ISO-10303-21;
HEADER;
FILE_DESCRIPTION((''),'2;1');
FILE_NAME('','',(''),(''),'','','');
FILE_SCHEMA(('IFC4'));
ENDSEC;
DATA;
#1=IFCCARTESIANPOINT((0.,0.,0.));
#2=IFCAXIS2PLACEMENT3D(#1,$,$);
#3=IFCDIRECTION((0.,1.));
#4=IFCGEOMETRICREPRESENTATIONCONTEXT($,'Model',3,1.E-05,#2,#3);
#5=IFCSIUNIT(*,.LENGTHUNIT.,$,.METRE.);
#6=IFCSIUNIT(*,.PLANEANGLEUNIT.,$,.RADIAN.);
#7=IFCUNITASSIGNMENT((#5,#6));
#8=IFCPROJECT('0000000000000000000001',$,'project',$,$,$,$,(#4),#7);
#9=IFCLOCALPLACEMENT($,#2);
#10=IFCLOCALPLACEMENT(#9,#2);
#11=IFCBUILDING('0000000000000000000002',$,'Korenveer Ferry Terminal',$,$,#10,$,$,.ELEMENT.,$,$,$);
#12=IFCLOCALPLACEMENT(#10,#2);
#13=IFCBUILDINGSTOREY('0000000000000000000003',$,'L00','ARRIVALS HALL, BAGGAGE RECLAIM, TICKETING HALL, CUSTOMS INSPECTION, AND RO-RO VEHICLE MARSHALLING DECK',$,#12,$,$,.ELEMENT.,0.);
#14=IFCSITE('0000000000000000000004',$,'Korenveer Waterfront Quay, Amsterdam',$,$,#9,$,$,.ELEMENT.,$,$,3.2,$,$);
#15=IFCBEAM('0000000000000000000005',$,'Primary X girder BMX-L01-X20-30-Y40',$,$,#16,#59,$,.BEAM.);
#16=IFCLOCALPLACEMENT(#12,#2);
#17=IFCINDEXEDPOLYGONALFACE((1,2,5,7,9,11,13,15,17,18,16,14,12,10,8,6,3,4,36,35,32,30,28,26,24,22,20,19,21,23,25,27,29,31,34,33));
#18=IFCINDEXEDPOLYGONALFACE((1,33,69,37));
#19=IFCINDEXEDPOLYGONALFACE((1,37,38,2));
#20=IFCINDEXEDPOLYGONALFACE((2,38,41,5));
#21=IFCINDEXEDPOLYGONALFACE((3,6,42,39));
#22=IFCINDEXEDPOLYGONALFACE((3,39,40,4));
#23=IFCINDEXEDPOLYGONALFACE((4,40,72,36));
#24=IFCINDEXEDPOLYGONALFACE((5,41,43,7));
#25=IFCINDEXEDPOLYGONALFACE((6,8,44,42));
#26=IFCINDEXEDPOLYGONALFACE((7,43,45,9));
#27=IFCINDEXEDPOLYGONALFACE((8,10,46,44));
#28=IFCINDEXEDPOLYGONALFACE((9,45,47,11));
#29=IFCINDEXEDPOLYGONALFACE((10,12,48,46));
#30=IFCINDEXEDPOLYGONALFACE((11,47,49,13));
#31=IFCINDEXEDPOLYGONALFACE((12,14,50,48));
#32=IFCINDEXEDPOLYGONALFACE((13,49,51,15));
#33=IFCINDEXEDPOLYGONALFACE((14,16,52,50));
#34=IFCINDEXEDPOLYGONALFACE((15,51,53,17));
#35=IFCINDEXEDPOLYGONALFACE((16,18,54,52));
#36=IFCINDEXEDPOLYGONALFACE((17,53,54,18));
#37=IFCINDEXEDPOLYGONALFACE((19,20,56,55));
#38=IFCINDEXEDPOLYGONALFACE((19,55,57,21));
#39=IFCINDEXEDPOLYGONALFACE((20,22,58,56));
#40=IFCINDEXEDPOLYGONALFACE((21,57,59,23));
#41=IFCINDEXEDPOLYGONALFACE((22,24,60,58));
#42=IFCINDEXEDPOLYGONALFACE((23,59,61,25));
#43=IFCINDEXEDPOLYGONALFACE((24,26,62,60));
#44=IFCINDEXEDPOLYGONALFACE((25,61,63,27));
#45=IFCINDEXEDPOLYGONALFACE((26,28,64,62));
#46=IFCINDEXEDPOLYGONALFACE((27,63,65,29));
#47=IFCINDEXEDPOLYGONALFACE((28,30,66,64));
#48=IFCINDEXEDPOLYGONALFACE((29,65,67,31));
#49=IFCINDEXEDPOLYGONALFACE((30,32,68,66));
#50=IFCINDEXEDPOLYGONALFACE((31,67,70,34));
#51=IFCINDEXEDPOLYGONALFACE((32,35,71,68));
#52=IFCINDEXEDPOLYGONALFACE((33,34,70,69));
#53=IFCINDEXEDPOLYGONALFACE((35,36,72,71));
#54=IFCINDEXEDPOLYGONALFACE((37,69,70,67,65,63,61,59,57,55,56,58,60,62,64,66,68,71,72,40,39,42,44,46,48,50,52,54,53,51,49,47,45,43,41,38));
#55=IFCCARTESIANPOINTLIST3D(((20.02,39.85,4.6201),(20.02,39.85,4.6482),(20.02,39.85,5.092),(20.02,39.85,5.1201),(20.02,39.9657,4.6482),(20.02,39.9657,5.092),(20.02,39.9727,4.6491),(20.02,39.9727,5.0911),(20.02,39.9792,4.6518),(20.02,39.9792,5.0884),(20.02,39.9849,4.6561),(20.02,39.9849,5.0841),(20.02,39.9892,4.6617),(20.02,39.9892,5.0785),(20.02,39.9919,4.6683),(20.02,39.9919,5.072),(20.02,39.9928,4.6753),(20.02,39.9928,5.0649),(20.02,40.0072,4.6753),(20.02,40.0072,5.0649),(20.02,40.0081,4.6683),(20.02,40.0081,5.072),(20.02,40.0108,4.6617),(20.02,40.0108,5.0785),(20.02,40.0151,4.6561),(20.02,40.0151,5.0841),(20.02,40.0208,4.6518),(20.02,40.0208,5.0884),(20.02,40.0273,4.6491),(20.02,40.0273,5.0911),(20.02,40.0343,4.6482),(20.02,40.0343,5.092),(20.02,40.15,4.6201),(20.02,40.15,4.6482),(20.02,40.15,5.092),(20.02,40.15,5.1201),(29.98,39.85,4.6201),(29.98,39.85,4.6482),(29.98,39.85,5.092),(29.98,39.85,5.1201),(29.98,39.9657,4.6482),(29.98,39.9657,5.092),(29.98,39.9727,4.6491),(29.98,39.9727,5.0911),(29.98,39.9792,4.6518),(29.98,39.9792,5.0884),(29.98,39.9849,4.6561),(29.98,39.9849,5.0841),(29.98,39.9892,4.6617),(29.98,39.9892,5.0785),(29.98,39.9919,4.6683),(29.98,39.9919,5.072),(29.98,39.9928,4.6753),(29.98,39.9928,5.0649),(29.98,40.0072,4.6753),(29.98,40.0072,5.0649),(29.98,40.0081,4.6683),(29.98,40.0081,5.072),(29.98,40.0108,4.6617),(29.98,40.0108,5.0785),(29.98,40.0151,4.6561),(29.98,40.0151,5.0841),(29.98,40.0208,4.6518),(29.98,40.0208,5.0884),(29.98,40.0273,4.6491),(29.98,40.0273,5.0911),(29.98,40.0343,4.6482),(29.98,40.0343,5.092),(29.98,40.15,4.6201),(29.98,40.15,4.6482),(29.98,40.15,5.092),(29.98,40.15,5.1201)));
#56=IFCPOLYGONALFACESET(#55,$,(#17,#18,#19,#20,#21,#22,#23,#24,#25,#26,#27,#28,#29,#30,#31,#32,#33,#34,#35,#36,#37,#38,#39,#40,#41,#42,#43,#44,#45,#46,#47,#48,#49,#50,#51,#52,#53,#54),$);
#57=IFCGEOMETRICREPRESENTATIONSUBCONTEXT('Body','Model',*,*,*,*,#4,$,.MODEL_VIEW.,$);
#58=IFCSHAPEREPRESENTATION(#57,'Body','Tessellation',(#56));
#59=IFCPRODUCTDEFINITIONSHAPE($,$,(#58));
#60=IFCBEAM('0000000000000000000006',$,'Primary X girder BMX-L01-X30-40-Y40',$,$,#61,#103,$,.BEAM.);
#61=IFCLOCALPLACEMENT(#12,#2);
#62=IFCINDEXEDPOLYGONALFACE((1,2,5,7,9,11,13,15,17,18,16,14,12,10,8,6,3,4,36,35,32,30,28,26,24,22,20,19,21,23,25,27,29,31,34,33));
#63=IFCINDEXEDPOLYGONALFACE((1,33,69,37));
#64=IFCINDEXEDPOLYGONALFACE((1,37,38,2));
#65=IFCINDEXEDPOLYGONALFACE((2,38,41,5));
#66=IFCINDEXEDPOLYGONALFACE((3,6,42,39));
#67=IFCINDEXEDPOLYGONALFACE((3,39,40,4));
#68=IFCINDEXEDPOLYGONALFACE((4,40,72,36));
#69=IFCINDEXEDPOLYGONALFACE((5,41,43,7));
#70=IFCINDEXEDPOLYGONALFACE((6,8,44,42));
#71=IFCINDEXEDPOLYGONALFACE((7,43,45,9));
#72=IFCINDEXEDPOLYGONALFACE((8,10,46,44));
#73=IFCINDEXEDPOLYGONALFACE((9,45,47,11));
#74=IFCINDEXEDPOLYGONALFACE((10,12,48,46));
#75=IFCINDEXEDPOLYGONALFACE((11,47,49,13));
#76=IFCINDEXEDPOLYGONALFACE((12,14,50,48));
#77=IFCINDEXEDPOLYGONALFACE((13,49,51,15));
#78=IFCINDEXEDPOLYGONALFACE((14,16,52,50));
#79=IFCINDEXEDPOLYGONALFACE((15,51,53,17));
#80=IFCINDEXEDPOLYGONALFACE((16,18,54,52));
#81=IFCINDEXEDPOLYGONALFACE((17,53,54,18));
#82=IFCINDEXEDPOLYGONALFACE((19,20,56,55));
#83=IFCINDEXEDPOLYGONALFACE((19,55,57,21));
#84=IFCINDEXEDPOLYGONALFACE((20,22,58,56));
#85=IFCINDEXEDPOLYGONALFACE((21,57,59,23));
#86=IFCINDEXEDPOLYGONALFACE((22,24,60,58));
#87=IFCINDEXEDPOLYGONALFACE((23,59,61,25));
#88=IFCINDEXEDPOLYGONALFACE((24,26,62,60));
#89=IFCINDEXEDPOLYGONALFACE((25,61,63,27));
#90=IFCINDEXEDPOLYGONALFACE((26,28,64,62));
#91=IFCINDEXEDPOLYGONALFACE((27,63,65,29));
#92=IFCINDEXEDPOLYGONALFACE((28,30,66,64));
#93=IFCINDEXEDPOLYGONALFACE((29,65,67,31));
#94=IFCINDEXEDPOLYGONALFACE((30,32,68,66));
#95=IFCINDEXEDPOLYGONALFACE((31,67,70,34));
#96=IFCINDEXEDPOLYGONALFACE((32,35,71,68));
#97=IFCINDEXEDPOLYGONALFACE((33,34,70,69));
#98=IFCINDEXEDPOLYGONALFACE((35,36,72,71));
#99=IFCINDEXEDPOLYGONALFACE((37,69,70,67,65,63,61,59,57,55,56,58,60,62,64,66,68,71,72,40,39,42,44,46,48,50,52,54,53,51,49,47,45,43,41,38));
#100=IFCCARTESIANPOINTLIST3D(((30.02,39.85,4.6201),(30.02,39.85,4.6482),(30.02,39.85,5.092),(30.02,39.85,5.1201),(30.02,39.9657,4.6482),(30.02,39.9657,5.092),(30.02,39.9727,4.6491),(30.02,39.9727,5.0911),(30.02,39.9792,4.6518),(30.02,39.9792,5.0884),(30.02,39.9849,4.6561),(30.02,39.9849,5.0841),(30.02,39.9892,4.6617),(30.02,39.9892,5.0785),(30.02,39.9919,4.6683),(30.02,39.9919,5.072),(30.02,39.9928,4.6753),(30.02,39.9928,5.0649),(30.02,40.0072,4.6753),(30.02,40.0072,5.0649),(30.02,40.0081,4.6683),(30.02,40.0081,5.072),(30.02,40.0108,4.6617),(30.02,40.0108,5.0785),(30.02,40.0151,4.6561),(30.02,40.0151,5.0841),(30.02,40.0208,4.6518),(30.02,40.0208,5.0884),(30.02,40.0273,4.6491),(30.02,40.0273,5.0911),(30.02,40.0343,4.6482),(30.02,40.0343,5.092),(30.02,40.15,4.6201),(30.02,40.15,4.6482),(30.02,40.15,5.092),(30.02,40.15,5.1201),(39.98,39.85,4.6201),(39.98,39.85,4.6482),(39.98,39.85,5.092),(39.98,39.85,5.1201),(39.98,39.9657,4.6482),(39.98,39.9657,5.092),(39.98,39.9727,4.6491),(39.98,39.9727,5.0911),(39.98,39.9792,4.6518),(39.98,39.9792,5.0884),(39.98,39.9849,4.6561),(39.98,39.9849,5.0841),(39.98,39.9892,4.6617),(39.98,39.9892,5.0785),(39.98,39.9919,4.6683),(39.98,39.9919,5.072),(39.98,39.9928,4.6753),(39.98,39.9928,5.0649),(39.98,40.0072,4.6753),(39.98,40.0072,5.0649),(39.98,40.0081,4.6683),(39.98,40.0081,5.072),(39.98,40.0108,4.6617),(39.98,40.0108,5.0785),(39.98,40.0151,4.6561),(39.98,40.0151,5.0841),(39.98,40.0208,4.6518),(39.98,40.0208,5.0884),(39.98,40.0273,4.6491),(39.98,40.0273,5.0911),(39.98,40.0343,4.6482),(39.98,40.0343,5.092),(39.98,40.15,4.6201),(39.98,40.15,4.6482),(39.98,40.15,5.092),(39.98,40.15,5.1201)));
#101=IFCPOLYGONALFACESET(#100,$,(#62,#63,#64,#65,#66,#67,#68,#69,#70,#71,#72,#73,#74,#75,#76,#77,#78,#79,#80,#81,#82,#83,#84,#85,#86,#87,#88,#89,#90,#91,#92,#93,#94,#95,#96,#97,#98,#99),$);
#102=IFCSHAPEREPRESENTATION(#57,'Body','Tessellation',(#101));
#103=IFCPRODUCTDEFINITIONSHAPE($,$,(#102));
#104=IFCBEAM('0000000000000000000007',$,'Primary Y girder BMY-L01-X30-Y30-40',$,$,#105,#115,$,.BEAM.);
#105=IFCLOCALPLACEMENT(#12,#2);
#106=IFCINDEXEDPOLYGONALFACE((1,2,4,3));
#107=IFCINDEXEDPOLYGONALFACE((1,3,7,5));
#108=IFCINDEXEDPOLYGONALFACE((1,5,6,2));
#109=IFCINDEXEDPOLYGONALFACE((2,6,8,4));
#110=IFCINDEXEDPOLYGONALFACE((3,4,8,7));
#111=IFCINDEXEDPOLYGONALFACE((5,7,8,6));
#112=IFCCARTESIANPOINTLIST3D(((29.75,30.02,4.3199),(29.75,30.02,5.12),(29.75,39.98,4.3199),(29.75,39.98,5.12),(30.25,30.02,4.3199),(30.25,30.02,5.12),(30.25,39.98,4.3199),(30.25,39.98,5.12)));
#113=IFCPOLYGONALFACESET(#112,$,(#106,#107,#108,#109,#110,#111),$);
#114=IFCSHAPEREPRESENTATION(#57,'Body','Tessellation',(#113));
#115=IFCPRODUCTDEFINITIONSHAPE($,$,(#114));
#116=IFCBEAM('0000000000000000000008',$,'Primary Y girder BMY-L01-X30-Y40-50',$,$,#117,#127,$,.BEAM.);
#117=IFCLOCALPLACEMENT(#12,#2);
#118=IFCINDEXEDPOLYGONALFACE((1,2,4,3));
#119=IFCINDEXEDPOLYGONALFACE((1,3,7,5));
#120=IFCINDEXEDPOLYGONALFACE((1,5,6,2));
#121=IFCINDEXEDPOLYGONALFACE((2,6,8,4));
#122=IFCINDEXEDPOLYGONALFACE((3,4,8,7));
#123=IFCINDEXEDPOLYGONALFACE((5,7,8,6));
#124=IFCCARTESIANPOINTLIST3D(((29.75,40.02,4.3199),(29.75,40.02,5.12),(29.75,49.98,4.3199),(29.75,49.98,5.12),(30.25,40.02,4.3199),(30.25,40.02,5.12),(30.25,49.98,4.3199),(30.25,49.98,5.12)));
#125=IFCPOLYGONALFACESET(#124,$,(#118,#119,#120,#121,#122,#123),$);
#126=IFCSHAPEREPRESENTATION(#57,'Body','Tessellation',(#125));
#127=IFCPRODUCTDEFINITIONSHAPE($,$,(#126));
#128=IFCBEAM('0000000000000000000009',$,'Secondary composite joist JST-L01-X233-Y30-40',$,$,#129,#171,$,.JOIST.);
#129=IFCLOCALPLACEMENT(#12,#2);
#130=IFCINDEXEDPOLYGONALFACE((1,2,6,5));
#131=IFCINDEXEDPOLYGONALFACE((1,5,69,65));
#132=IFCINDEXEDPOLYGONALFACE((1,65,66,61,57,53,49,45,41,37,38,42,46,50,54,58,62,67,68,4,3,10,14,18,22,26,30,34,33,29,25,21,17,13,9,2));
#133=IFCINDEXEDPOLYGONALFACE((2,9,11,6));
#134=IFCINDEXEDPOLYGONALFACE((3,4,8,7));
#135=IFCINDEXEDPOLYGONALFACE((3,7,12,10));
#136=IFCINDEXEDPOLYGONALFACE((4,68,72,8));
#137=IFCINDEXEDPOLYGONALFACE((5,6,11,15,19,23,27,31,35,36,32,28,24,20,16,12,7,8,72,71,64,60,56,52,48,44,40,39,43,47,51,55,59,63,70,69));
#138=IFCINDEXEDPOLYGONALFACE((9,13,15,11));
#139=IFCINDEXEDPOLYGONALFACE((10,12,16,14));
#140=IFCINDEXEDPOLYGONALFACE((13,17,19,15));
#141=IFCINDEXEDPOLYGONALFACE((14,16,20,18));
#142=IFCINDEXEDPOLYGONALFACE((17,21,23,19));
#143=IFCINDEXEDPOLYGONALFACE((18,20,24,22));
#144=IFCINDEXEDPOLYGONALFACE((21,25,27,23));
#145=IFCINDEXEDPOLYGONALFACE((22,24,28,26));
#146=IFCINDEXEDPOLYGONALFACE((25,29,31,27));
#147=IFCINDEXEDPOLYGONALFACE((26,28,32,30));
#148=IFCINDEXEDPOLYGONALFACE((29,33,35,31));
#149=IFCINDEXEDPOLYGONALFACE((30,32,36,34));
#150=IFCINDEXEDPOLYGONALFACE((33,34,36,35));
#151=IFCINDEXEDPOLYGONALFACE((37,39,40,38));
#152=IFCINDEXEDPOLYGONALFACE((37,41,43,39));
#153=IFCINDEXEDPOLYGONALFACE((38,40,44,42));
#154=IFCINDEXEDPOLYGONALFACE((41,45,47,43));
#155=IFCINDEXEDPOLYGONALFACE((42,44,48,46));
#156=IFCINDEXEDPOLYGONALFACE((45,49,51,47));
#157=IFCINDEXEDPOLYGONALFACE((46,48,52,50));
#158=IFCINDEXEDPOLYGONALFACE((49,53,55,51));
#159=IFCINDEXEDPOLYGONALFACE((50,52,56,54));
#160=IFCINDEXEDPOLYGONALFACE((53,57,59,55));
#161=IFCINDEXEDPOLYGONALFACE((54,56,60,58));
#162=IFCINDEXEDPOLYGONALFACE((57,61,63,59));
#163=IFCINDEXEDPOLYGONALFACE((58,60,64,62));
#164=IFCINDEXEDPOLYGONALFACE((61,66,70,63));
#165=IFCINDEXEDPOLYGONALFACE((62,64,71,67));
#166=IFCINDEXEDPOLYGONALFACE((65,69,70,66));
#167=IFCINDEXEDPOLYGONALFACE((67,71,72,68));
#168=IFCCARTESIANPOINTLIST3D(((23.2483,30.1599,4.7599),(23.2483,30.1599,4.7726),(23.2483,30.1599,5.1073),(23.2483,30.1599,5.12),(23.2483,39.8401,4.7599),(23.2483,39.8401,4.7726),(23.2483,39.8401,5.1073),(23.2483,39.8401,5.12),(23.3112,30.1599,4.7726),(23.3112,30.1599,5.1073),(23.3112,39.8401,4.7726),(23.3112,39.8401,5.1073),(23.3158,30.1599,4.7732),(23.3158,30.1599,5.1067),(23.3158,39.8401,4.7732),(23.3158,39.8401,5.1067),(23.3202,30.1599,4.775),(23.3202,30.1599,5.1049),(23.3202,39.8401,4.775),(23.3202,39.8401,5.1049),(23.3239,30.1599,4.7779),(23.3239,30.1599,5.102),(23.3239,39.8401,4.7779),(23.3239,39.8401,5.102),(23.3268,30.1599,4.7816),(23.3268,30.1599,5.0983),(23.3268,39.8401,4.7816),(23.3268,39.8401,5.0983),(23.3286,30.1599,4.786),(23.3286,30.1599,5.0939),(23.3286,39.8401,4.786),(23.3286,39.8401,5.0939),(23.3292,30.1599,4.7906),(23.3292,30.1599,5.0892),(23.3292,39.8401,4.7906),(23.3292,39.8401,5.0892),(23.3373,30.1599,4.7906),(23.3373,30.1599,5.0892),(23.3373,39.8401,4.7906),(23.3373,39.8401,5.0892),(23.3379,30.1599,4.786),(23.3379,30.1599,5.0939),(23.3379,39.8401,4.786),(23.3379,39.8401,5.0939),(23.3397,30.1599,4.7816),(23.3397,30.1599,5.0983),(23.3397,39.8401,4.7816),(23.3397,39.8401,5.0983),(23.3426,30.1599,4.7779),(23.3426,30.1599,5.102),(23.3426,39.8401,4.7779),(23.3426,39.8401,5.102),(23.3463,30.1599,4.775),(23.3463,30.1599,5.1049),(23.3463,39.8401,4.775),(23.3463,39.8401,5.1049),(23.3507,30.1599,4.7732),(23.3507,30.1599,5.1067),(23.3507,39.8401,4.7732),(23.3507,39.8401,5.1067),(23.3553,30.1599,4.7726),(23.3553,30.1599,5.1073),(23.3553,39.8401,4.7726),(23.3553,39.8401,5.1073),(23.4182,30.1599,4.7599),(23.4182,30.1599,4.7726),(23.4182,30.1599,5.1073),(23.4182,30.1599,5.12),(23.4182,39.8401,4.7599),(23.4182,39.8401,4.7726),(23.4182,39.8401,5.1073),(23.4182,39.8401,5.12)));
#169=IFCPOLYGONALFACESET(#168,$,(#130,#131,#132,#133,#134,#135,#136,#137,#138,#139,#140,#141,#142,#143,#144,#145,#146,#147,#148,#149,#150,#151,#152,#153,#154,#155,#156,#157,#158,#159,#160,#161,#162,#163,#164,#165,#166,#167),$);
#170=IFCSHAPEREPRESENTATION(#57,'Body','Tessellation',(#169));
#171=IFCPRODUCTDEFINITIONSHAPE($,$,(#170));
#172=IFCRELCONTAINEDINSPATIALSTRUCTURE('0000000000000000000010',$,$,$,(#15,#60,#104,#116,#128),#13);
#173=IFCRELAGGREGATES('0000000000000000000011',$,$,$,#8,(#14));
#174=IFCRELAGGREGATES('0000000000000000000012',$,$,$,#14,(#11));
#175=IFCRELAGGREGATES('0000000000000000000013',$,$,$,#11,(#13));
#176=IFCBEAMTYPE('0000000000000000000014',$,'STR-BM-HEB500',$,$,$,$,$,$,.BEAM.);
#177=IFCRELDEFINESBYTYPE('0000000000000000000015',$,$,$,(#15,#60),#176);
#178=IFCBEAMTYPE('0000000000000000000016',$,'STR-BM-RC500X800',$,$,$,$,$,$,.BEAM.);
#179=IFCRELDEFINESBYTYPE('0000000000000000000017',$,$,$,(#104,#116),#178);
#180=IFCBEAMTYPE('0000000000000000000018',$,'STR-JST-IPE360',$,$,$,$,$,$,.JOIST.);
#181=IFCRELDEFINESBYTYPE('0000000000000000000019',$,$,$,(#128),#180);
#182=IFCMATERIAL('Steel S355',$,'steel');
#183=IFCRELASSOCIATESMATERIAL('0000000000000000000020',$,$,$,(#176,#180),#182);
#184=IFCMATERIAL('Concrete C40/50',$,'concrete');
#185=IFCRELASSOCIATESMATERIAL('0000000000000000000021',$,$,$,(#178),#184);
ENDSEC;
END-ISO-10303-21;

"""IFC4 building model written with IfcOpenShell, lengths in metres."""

from ifc_helpers import new_model, si_unit, direction, frame, origin, origin_2d, place, context, subcontext, project, spatial, rectangle, i_section, extrude, material, material_profile, profile_set, type_object, element, save


model = new_model("IFC4")

# Units and contexts
model_context = context("Model", 3, precision=1e-05, world=origin(), true_north=direction((0.0, 1.0)))
body_context = subcontext(model_context, "Body", "Model", "MODEL_VIEW")
ifc_project = project(units=[si_unit("LENGTHUNIT", "METRE"), si_unit("PLANEANGLEUNIT", "RADIAN")], contexts=[model_context])

# Site, building, storey
site_placement = place(None, origin())
site = spatial("IfcSite", under=ifc_project, at=site_placement, Name="Korenveer Waterfront Quay, Amsterdam", CompositionType="ELEMENT", RefElevation=3.2)
building_placement = place(site_placement, origin())
building = spatial("IfcBuilding", under=site, at=building_placement, Name="Korenveer Ferry Terminal", CompositionType="ELEMENT")
storey_placement = place(building_placement, origin())
storey = spatial("IfcBuildingStorey", under=building, at=storey_placement, Name="L00", Description="ARRIVALS HALL, BAGGAGE RECLAIM, TICKETING HALL, CUSTOMS INSPECTION, AND RO-RO VEHICLE MARSHALLING DECK", CompositionType="ELEMENT", Elevation=0.0)

# Shared definitions
ifc_material_1 = material(Name="Concrete C40/50", Category="concrete")

# Beams
ifc_material_2 = material(Name="Steel S355", Category="steel")
ifc_material_profile_1 = material_profile(ifc_material_2, i_section(OverallWidth=0.3, OverallDepth=0.5, WebThickness=0.0144, FlangeThickness=0.0281, FilletRadius=0.0271, at=origin_2d()), Name="HEB 500")
ifc_profile_set_1 = profile_set([ifc_material_profile_1], Name="Steel S355")
beam_type_1 = type_object("IfcBeamType", Name="STR-BM-HEB500", PredefinedType="BEAM", material=ifc_profile_set_1)
for number, where, z_axis, x_axis, name in (
    (1, (20.02, 40.0, 4.8701), (1.0, 0.0, 0.0), (0.0, 1.0, 0.0), "Primary X girder BMX-L01-X20-30-Y40"),
    (2, (30.02, 40.0, 4.8701), (1.0, 0.0, 0.0), (0.0, 1.0, 0.0), "Primary X girder BMX-L01-X30-40-Y40"),
):
    element("IfcBeam", number, at=place(storey_placement, frame(where, z_axis=z_axis, x_axis=x_axis)), inside=storey, type_object=beam_type_1, Name=name, PredefinedType="BEAM", context=body_context, shape_type="SweptSolid", body=[
        extrude(i_section(OverallWidth=0.3, OverallDepth=0.5, WebThickness=0.0144, FlangeThickness=0.0281, FilletRadius=0.0271, at=origin_2d()), origin(), (0.0, 0.0, 1.0), 9.96),
    ])
ifc_material_profile_2 = material_profile(ifc_material_1, rectangle(XDim=0.5, YDim=0.8, at=origin_2d()), Name="RC 500x800")
ifc_profile_set_2 = profile_set([ifc_material_profile_2], Name="Concrete C40/50")
beam_type_2 = type_object("IfcBeamType", Name="STR-BM-RC500X800", PredefinedType="BEAM", material=ifc_profile_set_2)
for number, where, z_axis, x_axis, name in (
    (3, (30.0, 30.02, 4.72), (0.0, 1.0, 0.0), (-1.0, 0.0, 0.0), "Primary Y girder BMY-L01-X30-Y30-40"),
    (4, (30.0, 40.02, 4.72), (0.0, 1.0, 0.0), (-1.0, 0.0, 0.0), "Primary Y girder BMY-L01-X30-Y40-50"),
):
    element("IfcBeam", number, at=place(storey_placement, frame(where, z_axis=z_axis, x_axis=x_axis)), inside=storey, type_object=beam_type_2, Name=name, PredefinedType="BEAM", context=body_context, shape_type="SweptSolid", body=[
        extrude(rectangle(XDim=0.5, YDim=0.8, at=origin_2d()), origin(), (0.0, 0.0, 1.0), 9.96),
    ])
ifc_material_profile_3 = material_profile(ifc_material_2, i_section(OverallWidth=0.1699, OverallDepth=0.3601, WebThickness=0.0081, FlangeThickness=0.0127, FilletRadius=0.0181, at=origin_2d()), Name="IPE 360")
ifc_profile_set_3 = profile_set([ifc_material_profile_3], Name="Steel S355")
beam_type_3 = type_object("IfcBeamType", Name="STR-JST-IPE360", PredefinedType="JOIST", material=ifc_profile_set_3)
for number, where, z_axis, x_axis, name in (
    (5, (23.3333, 30.1599, 4.9399), (0.0, 1.0, 0.0), (-1.0, 0.0, 0.0), "Secondary composite joist JST-L01-X233-Y30-40"),
):
    element("IfcBeam", number, at=place(storey_placement, frame(where, z_axis=z_axis, x_axis=x_axis)), inside=storey, type_object=beam_type_3, Name=name, PredefinedType="JOIST", context=body_context, shape_type="SweptSolid", body=[
        extrude(i_section(OverallWidth=0.1699, OverallDepth=0.3601, WebThickness=0.0081, FlangeThickness=0.0127, FilletRadius=0.0181, at=origin_2d()), origin(), (0.0, 0.0, 1.0), 9.6802),
    ])

save(model, "model.ifc")
